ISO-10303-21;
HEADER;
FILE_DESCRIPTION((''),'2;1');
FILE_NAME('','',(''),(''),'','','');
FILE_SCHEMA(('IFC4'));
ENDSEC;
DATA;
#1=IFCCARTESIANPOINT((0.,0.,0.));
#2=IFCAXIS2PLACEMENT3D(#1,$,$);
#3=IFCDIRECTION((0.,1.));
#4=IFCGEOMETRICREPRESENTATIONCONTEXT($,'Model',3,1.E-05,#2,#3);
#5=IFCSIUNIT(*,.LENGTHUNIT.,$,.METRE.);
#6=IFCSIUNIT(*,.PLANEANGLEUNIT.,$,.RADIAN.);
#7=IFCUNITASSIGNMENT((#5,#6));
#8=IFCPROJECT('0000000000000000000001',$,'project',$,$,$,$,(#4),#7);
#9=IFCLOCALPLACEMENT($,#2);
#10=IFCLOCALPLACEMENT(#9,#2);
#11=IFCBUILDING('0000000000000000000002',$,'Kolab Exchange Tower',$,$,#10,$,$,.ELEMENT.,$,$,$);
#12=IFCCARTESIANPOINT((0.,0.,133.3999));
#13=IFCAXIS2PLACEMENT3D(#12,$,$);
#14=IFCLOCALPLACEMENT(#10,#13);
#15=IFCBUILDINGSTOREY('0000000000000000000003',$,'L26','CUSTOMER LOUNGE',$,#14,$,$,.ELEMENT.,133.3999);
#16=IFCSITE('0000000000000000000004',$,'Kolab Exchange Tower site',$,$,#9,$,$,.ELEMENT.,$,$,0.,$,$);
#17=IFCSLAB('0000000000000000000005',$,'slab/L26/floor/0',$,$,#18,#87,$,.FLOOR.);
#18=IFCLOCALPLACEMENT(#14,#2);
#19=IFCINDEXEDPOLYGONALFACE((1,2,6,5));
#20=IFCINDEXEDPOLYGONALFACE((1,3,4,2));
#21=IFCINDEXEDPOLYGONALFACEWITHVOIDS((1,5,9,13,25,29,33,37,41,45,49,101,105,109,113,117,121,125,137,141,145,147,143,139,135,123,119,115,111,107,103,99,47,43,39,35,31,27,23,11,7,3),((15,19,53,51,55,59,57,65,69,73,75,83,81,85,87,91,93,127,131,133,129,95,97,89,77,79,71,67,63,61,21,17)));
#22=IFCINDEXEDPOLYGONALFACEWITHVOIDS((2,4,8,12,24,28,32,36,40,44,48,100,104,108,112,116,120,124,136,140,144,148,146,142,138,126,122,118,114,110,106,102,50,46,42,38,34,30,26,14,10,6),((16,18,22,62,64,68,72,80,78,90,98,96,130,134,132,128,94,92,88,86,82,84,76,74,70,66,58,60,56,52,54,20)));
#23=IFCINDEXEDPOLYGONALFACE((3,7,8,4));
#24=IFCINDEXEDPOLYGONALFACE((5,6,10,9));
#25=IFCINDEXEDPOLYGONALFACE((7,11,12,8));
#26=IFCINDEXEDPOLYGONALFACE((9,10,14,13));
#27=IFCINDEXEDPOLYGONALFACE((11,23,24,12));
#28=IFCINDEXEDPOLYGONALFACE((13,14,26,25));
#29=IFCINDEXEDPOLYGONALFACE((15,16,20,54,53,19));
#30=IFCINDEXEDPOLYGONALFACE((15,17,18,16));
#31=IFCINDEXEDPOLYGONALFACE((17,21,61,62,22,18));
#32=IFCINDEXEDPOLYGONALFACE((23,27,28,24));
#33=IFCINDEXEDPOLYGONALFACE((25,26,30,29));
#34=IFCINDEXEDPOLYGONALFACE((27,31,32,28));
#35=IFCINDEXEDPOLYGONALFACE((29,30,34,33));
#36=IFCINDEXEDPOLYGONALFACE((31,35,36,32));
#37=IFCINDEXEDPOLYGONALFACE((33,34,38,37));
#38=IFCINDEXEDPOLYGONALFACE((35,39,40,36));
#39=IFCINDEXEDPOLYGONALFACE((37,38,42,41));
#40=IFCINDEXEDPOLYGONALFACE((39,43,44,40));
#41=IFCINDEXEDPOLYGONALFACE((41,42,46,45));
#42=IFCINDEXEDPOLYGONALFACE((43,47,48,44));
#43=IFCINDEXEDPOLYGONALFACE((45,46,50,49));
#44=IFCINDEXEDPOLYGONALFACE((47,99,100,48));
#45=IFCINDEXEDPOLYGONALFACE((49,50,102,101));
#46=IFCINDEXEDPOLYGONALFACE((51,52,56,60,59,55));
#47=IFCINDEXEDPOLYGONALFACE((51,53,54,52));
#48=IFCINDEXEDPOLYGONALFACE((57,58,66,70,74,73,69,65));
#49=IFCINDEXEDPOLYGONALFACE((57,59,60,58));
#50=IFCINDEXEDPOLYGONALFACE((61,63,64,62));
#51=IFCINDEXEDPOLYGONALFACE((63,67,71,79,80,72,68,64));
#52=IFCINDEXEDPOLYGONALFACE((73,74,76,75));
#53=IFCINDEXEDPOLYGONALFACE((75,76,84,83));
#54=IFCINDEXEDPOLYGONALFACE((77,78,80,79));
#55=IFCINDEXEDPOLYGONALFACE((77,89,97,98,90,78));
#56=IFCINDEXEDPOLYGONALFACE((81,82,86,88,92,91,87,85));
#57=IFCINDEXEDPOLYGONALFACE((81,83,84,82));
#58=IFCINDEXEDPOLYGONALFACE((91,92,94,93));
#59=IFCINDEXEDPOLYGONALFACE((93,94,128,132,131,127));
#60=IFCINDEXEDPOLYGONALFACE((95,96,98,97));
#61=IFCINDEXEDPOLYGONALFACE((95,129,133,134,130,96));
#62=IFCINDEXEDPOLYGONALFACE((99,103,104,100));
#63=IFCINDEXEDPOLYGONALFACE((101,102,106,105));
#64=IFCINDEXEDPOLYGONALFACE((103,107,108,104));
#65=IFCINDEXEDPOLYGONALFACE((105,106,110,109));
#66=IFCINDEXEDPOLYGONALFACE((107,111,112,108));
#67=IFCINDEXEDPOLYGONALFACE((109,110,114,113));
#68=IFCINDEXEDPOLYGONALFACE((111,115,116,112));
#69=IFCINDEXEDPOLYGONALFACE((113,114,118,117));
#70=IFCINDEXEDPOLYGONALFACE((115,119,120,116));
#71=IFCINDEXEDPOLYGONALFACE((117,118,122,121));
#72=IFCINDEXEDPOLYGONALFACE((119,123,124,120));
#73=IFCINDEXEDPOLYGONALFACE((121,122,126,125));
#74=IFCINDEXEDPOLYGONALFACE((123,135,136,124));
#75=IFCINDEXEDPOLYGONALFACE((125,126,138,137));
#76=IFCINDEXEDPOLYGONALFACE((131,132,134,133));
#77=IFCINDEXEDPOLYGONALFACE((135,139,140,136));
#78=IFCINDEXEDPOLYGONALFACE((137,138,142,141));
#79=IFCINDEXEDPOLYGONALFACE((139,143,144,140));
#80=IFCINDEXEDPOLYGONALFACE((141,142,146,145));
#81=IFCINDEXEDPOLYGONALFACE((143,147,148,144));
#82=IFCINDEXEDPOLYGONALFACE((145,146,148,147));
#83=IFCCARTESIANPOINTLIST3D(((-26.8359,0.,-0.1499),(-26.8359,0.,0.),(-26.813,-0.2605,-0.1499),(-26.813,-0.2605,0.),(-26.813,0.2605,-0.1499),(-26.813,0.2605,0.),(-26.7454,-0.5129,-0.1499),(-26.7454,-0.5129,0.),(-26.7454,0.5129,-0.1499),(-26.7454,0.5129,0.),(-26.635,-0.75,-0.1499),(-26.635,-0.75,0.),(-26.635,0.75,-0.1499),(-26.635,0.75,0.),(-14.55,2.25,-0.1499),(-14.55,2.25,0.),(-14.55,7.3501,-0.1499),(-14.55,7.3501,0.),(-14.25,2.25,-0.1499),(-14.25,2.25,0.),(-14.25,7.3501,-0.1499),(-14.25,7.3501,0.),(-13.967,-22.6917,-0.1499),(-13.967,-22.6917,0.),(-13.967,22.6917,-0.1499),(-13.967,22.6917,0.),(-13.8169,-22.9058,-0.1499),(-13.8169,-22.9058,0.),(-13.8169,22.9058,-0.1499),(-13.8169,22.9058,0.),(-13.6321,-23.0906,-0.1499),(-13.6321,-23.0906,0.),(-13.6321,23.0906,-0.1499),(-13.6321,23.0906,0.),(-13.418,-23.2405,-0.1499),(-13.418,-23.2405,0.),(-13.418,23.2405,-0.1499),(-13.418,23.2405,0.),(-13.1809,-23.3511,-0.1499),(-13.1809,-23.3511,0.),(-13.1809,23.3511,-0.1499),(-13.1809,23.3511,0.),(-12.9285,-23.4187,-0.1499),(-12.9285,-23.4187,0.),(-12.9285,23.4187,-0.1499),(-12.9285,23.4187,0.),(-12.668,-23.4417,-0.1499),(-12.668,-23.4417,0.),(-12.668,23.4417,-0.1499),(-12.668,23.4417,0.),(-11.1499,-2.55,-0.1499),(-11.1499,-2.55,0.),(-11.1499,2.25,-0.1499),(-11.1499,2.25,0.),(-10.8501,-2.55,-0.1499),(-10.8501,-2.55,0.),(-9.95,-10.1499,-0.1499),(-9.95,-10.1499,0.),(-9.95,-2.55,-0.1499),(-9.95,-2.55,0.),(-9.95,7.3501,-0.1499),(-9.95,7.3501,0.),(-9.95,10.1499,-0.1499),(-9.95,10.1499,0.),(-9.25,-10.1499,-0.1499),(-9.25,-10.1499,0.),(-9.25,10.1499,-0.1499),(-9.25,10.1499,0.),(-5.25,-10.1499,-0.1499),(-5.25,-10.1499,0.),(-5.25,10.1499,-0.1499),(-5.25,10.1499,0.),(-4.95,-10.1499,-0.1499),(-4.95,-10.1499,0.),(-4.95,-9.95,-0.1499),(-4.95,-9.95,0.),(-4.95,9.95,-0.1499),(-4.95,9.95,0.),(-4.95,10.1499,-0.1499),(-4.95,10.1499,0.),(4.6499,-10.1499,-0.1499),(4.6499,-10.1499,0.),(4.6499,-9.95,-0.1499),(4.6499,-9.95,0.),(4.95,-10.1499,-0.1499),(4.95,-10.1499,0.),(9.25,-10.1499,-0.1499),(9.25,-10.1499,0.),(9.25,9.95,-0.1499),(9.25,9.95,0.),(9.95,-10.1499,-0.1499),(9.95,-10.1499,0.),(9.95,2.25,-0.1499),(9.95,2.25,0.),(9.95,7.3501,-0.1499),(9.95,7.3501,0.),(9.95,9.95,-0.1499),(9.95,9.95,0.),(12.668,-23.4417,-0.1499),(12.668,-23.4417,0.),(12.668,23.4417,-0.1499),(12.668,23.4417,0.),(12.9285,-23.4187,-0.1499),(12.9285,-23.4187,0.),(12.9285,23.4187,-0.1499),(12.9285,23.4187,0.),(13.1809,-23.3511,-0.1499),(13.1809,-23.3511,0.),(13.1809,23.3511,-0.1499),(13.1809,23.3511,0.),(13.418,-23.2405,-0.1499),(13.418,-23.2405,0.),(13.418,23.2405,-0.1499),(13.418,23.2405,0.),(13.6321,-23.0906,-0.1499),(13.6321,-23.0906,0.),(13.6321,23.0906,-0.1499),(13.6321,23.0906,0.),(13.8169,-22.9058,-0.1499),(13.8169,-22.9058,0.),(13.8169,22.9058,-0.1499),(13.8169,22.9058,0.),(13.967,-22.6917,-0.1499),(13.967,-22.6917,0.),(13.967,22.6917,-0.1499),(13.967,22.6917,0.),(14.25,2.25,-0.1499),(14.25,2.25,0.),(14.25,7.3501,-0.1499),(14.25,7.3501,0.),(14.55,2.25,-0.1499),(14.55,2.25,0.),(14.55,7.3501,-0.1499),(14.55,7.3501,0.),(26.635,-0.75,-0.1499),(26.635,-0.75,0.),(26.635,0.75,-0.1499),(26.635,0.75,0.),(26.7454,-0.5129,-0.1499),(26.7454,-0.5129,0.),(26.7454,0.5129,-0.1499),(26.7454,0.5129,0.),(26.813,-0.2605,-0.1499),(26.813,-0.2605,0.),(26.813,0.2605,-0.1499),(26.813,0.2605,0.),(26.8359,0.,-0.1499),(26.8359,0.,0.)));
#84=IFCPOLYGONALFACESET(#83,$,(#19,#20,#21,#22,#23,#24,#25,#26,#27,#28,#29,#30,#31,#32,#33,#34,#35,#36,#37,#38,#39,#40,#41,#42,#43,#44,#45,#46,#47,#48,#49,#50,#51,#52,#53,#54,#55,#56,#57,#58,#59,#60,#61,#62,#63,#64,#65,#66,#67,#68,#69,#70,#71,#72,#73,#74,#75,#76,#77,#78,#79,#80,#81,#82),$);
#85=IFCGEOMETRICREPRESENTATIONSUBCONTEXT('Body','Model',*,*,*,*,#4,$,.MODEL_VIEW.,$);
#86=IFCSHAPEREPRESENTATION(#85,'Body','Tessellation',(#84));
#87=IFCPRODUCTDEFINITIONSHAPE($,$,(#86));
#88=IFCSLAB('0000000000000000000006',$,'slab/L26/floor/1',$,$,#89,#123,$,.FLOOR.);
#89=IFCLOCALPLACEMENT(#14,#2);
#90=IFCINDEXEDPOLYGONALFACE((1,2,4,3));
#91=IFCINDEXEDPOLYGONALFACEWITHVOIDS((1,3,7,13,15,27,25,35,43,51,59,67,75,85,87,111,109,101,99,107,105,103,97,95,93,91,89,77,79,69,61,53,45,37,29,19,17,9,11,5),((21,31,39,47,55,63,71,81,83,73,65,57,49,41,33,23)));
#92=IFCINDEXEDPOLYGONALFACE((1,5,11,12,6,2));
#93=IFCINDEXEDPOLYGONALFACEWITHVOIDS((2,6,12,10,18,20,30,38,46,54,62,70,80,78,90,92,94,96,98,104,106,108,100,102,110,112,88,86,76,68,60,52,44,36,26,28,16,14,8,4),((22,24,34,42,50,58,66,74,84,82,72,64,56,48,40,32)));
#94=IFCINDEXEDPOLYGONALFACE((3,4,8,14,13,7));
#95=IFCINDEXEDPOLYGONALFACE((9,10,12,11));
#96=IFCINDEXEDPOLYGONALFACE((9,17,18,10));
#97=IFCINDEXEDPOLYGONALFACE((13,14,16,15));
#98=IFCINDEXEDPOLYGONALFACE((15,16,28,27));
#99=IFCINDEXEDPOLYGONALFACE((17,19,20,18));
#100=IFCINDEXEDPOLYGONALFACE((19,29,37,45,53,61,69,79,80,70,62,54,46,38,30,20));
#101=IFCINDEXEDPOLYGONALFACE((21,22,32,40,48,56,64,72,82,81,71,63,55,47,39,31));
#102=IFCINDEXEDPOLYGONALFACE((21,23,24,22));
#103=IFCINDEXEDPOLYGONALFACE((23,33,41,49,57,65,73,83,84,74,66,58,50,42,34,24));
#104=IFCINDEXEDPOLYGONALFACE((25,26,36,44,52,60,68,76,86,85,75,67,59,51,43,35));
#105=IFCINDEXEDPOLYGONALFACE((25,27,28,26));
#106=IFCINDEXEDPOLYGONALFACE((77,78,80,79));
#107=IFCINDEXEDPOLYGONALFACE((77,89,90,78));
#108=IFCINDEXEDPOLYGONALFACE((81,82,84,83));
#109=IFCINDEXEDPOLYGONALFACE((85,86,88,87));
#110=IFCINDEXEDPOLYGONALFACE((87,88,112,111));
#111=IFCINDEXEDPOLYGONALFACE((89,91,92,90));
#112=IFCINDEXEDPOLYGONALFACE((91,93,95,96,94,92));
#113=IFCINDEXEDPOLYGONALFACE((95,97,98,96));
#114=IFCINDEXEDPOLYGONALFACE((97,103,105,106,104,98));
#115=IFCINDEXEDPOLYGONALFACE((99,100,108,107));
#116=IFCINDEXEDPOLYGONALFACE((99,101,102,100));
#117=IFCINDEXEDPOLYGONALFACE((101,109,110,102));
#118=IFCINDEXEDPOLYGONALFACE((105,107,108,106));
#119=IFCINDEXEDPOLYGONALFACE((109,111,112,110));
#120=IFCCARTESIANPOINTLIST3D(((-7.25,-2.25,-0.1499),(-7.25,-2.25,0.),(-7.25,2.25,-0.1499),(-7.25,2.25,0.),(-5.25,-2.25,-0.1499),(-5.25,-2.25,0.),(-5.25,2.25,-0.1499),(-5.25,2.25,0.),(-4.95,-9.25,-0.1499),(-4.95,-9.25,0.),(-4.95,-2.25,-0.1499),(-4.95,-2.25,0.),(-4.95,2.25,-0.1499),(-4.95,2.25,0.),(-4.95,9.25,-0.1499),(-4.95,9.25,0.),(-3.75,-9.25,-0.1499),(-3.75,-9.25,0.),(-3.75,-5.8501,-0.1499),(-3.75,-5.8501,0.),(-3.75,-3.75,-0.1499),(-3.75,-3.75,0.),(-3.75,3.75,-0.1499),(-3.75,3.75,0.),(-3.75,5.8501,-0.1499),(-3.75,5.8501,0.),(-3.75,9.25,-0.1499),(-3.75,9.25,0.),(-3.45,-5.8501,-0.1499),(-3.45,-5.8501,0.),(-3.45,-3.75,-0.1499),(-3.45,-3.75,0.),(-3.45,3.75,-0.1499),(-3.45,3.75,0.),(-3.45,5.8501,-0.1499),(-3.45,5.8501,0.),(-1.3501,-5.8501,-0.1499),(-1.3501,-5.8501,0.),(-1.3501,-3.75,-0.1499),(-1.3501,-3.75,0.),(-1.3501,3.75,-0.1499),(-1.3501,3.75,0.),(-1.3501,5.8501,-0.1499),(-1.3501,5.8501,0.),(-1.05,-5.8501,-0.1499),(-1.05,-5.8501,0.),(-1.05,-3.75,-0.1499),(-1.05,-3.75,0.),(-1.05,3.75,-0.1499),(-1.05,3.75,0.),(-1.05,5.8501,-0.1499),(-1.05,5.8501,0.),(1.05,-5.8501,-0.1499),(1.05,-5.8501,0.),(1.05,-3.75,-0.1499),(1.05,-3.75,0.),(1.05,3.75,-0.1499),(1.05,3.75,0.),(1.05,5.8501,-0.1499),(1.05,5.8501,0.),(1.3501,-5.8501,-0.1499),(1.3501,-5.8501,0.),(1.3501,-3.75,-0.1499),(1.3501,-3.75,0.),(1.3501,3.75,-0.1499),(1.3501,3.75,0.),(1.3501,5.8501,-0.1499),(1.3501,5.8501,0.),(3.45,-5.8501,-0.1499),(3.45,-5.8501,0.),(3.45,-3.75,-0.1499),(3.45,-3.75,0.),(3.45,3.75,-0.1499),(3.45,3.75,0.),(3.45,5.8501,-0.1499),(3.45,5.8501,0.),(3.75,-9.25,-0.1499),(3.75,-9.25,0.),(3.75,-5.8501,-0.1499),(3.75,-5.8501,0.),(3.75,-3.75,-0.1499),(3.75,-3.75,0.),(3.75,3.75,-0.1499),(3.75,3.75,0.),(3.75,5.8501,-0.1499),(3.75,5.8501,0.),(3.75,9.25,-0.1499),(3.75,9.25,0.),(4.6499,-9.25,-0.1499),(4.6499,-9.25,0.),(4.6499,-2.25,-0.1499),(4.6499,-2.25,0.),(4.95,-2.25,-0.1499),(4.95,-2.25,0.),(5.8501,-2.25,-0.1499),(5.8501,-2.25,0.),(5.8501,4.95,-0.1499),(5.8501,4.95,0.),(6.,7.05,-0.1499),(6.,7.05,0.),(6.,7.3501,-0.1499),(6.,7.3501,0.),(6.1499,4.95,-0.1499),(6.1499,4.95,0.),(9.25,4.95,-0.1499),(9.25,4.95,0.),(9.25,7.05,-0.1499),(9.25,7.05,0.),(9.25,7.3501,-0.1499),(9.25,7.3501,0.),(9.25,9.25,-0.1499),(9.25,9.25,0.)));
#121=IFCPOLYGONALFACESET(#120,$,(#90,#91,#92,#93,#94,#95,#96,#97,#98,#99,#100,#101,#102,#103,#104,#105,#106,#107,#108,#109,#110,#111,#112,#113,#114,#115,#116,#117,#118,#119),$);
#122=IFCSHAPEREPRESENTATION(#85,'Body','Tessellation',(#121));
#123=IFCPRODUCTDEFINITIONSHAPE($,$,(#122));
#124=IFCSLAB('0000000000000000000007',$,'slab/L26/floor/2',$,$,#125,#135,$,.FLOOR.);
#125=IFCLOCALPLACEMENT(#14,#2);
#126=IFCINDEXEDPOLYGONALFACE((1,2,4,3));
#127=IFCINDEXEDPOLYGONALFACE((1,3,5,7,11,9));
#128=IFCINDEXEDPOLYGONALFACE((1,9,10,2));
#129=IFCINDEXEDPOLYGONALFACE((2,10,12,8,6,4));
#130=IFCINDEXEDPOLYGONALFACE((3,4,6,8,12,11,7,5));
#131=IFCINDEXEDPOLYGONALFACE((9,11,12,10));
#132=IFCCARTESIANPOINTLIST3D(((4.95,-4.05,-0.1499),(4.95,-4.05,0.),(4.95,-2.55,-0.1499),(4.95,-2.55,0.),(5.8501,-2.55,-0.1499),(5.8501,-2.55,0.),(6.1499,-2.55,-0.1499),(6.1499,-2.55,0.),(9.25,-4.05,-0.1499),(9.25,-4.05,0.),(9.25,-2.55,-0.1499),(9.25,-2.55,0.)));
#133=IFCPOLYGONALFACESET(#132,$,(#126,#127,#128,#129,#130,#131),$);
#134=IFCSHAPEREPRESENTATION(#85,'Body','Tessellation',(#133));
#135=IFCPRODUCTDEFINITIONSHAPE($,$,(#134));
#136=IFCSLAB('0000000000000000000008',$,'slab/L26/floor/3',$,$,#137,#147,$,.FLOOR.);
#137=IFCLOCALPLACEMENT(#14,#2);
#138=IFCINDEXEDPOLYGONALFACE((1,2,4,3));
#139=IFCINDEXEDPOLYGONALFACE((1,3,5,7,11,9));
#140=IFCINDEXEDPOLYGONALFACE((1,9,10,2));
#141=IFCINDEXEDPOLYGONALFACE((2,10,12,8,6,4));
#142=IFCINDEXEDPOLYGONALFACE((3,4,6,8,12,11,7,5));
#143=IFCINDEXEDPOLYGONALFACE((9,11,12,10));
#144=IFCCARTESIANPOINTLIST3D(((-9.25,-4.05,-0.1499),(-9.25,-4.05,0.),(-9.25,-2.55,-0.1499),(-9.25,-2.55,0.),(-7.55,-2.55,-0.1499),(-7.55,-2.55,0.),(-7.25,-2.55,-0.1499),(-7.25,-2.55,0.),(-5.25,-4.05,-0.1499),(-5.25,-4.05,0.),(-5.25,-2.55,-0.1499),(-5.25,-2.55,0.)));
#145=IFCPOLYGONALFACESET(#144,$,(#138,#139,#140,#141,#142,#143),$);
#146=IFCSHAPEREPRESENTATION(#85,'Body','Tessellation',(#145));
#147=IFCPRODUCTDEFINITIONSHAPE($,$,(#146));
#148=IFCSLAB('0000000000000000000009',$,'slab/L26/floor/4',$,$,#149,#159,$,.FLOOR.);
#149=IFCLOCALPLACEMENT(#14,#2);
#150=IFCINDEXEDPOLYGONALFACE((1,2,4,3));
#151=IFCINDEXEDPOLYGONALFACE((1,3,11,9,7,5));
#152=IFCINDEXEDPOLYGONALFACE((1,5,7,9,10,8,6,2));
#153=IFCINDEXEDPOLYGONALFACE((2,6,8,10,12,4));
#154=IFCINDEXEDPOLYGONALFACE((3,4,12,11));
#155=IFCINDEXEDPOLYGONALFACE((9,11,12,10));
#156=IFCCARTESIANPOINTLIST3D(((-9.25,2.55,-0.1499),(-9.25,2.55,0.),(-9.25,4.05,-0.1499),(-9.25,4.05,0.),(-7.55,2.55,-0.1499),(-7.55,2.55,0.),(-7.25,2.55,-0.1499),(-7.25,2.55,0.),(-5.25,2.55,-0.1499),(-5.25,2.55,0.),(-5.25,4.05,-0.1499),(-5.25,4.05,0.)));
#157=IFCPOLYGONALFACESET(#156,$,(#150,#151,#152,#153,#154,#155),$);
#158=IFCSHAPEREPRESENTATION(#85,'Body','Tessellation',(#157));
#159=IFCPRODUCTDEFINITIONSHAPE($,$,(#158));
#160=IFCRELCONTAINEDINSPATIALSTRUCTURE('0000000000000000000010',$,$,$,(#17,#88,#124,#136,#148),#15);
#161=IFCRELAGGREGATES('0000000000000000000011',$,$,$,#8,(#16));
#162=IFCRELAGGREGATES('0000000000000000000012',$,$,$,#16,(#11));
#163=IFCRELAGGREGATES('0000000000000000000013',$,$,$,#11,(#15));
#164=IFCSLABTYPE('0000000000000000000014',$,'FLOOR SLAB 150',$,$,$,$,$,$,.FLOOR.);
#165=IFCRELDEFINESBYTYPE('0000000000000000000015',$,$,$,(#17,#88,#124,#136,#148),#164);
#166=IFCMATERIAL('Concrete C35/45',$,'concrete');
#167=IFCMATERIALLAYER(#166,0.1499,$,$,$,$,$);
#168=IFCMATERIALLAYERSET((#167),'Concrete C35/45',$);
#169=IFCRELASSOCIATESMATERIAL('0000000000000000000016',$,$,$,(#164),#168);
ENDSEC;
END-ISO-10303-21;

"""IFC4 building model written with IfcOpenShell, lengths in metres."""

from ifc_helpers import new_model, si_unit, direction, frame, origin, place, context, subcontext, project, spatial, polyline, outline, extrude, material, layer, layer_set, type_object, element, save


model = new_model("IFC4")

# Units and contexts
model_context = context("Model", 3, precision=1e-05, world=origin(), true_north=direction((0.0, 1.0)))
body_context = subcontext(model_context, "Body", "Model", "MODEL_VIEW")
ifc_project = project(units=[si_unit("LENGTHUNIT", "METRE"), si_unit("PLANEANGLEUNIT", "RADIAN")], contexts=[model_context])

# Site, building, storey
site_placement = place(None, origin())
site = spatial("IfcSite", under=ifc_project, at=site_placement, Name="Kolab Exchange Tower site", CompositionType="ELEMENT", RefElevation=0.0)
building_placement = place(site_placement, origin())
building = spatial("IfcBuilding", under=site, at=building_placement, Name="Kolab Exchange Tower", CompositionType="ELEMENT")
storey_placement = place(building_placement, frame((0.0, 0.0, 133.3999)))
storey = spatial("IfcBuildingStorey", under=building, at=storey_placement, Name="L26", Description="CUSTOMER LOUNGE", CompositionType="ELEMENT", Elevation=133.3999)

# Slabs
ifc_material_1 = material(Name="Concrete C35/45", Category="concrete")
ifc_layer_1 = layer(ifc_material_1, 0.1499)
ifc_layer_set_1 = layer_set([ifc_layer_1], Name="Concrete C35/45")
slab_type_1 = type_object("IfcSlabType", Name="FLOOR SLAB 150", PredefinedType="FLOOR", material=ifc_layer_set_1)
slab_1_placement = place(storey_placement, frame((0.0, 0.0, -0.1499)))
element("IfcSlab", 1, at=slab_1_placement, inside=storey, type_object=slab_type_1, Name="slab/L26/floor/0", PredefinedType="FLOOR", context=body_context, shape_type="SweptSolid", body=[
    extrude(outline(polyline([(13.967, -22.6917), (26.635, -0.75), (26.7454, -0.5129), (26.813, -0.2605), (26.8359, 0.0), (26.813, 0.2605), (26.7454, 0.5129), (26.635, 0.75), (13.967, 22.6917), (13.8169, 22.9058), (13.6321, 23.0906), (13.418, 23.2405), (13.1809, 23.3511), (12.9285, 23.4187), (12.668, 23.4417), (-12.668, 23.4417), (-12.9285, 23.4187), (-13.1809, 23.3511), (-13.418, 23.2405), (-13.6321, 23.0906), (-13.8169, 22.9058), (-13.967, 22.6917), (-26.635, 0.75), (-26.7454, 0.5129), (-26.813, 0.2605), (-26.8359, 0.0), (-26.813, -0.2605), (-26.7454, -0.5129), (-26.635, -0.75), (-13.967, -22.6917), (-13.8169, -22.9058), (-13.6321, -23.0906), (-13.418, -23.2405), (-13.1809, -23.3511), (-12.9285, -23.4187), (-12.668, -23.4417), (12.668, -23.4417), (12.9285, -23.4187), (13.1809, -23.3511), (13.418, -23.2405), (13.6321, -23.0906), (13.8169, -22.9058), (13.967, -22.6917)]), holes=[polyline([(-11.1499, -2.55), (-11.1499, 2.25), (-14.25, 2.25), (-14.55, 2.25), (-14.55, 7.3501), (-14.25, 7.3501), (-9.95, 7.3501), (-9.95, 10.1499), (-9.25, 10.1499), (-5.25, 10.1499), (-4.95, 10.1499), (-4.95, 9.95), (9.25, 9.95), (9.95, 9.95), (9.95, 7.3501), (14.25, 7.3501), (14.55, 7.3501), (14.55, 2.25), (14.25, 2.25), (9.95, 2.25), (9.95, -10.1499), (9.25, -10.1499), (4.95, -10.1499), (4.6499, -10.1499), (4.6499, -9.95), (-4.95, -9.95), (-4.95, -10.1499), (-5.25, -10.1499), (-9.25, -10.1499), (-9.95, -10.1499), (-9.95, -2.55), (-10.8501, -2.55), (-11.1499, -2.55)])]), origin(), (0.0, 0.0, 1.0), 0.1499),
])
slab_2_placement = place(storey_placement, frame((0.0, 0.0, -0.1499)))
element("IfcSlab", 2, at=slab_2_placement, inside=storey, type_object=slab_type_1, Name="slab/L26/floor/1", PredefinedType="FLOOR", context=body_context, shape_type="SweptSolid", body=[
    extrude(outline(polyline([(-4.95, 9.25), (-4.95, 2.25), (-5.25, 2.25), (-7.25, 2.25), (-7.25, -2.25), (-5.25, -2.25), (-4.95, -2.25), (-4.95, -9.25), (-3.75, -9.25), (-3.75, -5.8501), (-3.45, -5.8501), (-1.3501, -5.8501), (-1.05, -5.8501), (1.05, -5.8501), (1.3501, -5.8501), (3.45, -5.8501), (3.75, -5.8501), (3.75, -9.25), (4.6499, -9.25), (4.6499, -2.25), (4.95, -2.25), (5.8501, -2.25), (5.8501, 4.95), (6.1499, 4.95), (9.25, 4.95), (9.25, 7.05), (6.0, 7.05), (6.0, 7.3501), (9.25, 7.3501), (9.25, 9.25), (3.75, 9.25), (3.75, 5.8501), (3.45, 5.8501), (1.3501, 5.8501), (1.05, 5.8501), (-1.05, 5.8501), (-1.3501, 5.8501), (-3.45, 5.8501), (-3.75, 5.8501), (-3.75, 9.25), (-4.95, 9.25)]), holes=[polyline([(-1.3501, -3.75), (-3.45, -3.75), (-3.75, -3.75), (-3.75, 3.75), (-3.45, 3.75), (-1.3501, 3.75), (-1.05, 3.75), (1.05, 3.75), (1.3501, 3.75), (3.45, 3.75), (3.75, 3.75), (3.75, -3.75), (3.45, -3.75), (1.3501, -3.75), (1.05, -3.75), (-1.05, -3.75), (-1.3501, -3.75)])]), origin(), (0.0, 0.0, 1.0), 0.1499),
])
slab_3_placement = place(storey_placement, frame((0.0, 0.0, -0.1499)))
element("IfcSlab", 3, at=slab_3_placement, inside=storey, type_object=slab_type_1, Name="slab/L26/floor/2", PredefinedType="FLOOR", context=body_context, shape_type="SweptSolid", body=[
    extrude(outline(polyline([(5.8501, -2.55), (4.95, -2.55), (4.95, -4.05), (9.25, -4.05), (9.25, -2.55), (6.1499, -2.55), (5.8501, -2.55)])), origin(), (0.0, 0.0, 1.0), 0.1499),
])
slab_4_placement = place(storey_placement, frame((0.0, 0.0, -0.1499)))
element("IfcSlab", 4, at=slab_4_placement, inside=storey, type_object=slab_type_1, Name="slab/L26/floor/3", PredefinedType="FLOOR", context=body_context, shape_type="SweptSolid", body=[
    extrude(outline(polyline([(-7.55, -2.55), (-9.25, -2.55), (-9.25, -4.05), (-5.25, -4.05), (-5.25, -2.55), (-7.25, -2.55), (-7.55, -2.55)])), origin(), (0.0, 0.0, 1.0), 0.1499),
])
slab_5_placement = place(storey_placement, frame((0.0, 0.0, -0.1499)))
element("IfcSlab", 5, at=slab_5_placement, inside=storey, type_object=slab_type_1, Name="slab/L26/floor/4", PredefinedType="FLOOR", context=body_context, shape_type="SweptSolid", body=[
    extrude(outline(polyline([(-9.25, 2.55), (-7.55, 2.55), (-7.25, 2.55), (-5.25, 2.55), (-5.25, 4.05), (-9.25, 4.05), (-9.25, 2.55)])), origin(), (0.0, 0.0, 1.0), 0.1499),
])

save(model, "model.ifc")
